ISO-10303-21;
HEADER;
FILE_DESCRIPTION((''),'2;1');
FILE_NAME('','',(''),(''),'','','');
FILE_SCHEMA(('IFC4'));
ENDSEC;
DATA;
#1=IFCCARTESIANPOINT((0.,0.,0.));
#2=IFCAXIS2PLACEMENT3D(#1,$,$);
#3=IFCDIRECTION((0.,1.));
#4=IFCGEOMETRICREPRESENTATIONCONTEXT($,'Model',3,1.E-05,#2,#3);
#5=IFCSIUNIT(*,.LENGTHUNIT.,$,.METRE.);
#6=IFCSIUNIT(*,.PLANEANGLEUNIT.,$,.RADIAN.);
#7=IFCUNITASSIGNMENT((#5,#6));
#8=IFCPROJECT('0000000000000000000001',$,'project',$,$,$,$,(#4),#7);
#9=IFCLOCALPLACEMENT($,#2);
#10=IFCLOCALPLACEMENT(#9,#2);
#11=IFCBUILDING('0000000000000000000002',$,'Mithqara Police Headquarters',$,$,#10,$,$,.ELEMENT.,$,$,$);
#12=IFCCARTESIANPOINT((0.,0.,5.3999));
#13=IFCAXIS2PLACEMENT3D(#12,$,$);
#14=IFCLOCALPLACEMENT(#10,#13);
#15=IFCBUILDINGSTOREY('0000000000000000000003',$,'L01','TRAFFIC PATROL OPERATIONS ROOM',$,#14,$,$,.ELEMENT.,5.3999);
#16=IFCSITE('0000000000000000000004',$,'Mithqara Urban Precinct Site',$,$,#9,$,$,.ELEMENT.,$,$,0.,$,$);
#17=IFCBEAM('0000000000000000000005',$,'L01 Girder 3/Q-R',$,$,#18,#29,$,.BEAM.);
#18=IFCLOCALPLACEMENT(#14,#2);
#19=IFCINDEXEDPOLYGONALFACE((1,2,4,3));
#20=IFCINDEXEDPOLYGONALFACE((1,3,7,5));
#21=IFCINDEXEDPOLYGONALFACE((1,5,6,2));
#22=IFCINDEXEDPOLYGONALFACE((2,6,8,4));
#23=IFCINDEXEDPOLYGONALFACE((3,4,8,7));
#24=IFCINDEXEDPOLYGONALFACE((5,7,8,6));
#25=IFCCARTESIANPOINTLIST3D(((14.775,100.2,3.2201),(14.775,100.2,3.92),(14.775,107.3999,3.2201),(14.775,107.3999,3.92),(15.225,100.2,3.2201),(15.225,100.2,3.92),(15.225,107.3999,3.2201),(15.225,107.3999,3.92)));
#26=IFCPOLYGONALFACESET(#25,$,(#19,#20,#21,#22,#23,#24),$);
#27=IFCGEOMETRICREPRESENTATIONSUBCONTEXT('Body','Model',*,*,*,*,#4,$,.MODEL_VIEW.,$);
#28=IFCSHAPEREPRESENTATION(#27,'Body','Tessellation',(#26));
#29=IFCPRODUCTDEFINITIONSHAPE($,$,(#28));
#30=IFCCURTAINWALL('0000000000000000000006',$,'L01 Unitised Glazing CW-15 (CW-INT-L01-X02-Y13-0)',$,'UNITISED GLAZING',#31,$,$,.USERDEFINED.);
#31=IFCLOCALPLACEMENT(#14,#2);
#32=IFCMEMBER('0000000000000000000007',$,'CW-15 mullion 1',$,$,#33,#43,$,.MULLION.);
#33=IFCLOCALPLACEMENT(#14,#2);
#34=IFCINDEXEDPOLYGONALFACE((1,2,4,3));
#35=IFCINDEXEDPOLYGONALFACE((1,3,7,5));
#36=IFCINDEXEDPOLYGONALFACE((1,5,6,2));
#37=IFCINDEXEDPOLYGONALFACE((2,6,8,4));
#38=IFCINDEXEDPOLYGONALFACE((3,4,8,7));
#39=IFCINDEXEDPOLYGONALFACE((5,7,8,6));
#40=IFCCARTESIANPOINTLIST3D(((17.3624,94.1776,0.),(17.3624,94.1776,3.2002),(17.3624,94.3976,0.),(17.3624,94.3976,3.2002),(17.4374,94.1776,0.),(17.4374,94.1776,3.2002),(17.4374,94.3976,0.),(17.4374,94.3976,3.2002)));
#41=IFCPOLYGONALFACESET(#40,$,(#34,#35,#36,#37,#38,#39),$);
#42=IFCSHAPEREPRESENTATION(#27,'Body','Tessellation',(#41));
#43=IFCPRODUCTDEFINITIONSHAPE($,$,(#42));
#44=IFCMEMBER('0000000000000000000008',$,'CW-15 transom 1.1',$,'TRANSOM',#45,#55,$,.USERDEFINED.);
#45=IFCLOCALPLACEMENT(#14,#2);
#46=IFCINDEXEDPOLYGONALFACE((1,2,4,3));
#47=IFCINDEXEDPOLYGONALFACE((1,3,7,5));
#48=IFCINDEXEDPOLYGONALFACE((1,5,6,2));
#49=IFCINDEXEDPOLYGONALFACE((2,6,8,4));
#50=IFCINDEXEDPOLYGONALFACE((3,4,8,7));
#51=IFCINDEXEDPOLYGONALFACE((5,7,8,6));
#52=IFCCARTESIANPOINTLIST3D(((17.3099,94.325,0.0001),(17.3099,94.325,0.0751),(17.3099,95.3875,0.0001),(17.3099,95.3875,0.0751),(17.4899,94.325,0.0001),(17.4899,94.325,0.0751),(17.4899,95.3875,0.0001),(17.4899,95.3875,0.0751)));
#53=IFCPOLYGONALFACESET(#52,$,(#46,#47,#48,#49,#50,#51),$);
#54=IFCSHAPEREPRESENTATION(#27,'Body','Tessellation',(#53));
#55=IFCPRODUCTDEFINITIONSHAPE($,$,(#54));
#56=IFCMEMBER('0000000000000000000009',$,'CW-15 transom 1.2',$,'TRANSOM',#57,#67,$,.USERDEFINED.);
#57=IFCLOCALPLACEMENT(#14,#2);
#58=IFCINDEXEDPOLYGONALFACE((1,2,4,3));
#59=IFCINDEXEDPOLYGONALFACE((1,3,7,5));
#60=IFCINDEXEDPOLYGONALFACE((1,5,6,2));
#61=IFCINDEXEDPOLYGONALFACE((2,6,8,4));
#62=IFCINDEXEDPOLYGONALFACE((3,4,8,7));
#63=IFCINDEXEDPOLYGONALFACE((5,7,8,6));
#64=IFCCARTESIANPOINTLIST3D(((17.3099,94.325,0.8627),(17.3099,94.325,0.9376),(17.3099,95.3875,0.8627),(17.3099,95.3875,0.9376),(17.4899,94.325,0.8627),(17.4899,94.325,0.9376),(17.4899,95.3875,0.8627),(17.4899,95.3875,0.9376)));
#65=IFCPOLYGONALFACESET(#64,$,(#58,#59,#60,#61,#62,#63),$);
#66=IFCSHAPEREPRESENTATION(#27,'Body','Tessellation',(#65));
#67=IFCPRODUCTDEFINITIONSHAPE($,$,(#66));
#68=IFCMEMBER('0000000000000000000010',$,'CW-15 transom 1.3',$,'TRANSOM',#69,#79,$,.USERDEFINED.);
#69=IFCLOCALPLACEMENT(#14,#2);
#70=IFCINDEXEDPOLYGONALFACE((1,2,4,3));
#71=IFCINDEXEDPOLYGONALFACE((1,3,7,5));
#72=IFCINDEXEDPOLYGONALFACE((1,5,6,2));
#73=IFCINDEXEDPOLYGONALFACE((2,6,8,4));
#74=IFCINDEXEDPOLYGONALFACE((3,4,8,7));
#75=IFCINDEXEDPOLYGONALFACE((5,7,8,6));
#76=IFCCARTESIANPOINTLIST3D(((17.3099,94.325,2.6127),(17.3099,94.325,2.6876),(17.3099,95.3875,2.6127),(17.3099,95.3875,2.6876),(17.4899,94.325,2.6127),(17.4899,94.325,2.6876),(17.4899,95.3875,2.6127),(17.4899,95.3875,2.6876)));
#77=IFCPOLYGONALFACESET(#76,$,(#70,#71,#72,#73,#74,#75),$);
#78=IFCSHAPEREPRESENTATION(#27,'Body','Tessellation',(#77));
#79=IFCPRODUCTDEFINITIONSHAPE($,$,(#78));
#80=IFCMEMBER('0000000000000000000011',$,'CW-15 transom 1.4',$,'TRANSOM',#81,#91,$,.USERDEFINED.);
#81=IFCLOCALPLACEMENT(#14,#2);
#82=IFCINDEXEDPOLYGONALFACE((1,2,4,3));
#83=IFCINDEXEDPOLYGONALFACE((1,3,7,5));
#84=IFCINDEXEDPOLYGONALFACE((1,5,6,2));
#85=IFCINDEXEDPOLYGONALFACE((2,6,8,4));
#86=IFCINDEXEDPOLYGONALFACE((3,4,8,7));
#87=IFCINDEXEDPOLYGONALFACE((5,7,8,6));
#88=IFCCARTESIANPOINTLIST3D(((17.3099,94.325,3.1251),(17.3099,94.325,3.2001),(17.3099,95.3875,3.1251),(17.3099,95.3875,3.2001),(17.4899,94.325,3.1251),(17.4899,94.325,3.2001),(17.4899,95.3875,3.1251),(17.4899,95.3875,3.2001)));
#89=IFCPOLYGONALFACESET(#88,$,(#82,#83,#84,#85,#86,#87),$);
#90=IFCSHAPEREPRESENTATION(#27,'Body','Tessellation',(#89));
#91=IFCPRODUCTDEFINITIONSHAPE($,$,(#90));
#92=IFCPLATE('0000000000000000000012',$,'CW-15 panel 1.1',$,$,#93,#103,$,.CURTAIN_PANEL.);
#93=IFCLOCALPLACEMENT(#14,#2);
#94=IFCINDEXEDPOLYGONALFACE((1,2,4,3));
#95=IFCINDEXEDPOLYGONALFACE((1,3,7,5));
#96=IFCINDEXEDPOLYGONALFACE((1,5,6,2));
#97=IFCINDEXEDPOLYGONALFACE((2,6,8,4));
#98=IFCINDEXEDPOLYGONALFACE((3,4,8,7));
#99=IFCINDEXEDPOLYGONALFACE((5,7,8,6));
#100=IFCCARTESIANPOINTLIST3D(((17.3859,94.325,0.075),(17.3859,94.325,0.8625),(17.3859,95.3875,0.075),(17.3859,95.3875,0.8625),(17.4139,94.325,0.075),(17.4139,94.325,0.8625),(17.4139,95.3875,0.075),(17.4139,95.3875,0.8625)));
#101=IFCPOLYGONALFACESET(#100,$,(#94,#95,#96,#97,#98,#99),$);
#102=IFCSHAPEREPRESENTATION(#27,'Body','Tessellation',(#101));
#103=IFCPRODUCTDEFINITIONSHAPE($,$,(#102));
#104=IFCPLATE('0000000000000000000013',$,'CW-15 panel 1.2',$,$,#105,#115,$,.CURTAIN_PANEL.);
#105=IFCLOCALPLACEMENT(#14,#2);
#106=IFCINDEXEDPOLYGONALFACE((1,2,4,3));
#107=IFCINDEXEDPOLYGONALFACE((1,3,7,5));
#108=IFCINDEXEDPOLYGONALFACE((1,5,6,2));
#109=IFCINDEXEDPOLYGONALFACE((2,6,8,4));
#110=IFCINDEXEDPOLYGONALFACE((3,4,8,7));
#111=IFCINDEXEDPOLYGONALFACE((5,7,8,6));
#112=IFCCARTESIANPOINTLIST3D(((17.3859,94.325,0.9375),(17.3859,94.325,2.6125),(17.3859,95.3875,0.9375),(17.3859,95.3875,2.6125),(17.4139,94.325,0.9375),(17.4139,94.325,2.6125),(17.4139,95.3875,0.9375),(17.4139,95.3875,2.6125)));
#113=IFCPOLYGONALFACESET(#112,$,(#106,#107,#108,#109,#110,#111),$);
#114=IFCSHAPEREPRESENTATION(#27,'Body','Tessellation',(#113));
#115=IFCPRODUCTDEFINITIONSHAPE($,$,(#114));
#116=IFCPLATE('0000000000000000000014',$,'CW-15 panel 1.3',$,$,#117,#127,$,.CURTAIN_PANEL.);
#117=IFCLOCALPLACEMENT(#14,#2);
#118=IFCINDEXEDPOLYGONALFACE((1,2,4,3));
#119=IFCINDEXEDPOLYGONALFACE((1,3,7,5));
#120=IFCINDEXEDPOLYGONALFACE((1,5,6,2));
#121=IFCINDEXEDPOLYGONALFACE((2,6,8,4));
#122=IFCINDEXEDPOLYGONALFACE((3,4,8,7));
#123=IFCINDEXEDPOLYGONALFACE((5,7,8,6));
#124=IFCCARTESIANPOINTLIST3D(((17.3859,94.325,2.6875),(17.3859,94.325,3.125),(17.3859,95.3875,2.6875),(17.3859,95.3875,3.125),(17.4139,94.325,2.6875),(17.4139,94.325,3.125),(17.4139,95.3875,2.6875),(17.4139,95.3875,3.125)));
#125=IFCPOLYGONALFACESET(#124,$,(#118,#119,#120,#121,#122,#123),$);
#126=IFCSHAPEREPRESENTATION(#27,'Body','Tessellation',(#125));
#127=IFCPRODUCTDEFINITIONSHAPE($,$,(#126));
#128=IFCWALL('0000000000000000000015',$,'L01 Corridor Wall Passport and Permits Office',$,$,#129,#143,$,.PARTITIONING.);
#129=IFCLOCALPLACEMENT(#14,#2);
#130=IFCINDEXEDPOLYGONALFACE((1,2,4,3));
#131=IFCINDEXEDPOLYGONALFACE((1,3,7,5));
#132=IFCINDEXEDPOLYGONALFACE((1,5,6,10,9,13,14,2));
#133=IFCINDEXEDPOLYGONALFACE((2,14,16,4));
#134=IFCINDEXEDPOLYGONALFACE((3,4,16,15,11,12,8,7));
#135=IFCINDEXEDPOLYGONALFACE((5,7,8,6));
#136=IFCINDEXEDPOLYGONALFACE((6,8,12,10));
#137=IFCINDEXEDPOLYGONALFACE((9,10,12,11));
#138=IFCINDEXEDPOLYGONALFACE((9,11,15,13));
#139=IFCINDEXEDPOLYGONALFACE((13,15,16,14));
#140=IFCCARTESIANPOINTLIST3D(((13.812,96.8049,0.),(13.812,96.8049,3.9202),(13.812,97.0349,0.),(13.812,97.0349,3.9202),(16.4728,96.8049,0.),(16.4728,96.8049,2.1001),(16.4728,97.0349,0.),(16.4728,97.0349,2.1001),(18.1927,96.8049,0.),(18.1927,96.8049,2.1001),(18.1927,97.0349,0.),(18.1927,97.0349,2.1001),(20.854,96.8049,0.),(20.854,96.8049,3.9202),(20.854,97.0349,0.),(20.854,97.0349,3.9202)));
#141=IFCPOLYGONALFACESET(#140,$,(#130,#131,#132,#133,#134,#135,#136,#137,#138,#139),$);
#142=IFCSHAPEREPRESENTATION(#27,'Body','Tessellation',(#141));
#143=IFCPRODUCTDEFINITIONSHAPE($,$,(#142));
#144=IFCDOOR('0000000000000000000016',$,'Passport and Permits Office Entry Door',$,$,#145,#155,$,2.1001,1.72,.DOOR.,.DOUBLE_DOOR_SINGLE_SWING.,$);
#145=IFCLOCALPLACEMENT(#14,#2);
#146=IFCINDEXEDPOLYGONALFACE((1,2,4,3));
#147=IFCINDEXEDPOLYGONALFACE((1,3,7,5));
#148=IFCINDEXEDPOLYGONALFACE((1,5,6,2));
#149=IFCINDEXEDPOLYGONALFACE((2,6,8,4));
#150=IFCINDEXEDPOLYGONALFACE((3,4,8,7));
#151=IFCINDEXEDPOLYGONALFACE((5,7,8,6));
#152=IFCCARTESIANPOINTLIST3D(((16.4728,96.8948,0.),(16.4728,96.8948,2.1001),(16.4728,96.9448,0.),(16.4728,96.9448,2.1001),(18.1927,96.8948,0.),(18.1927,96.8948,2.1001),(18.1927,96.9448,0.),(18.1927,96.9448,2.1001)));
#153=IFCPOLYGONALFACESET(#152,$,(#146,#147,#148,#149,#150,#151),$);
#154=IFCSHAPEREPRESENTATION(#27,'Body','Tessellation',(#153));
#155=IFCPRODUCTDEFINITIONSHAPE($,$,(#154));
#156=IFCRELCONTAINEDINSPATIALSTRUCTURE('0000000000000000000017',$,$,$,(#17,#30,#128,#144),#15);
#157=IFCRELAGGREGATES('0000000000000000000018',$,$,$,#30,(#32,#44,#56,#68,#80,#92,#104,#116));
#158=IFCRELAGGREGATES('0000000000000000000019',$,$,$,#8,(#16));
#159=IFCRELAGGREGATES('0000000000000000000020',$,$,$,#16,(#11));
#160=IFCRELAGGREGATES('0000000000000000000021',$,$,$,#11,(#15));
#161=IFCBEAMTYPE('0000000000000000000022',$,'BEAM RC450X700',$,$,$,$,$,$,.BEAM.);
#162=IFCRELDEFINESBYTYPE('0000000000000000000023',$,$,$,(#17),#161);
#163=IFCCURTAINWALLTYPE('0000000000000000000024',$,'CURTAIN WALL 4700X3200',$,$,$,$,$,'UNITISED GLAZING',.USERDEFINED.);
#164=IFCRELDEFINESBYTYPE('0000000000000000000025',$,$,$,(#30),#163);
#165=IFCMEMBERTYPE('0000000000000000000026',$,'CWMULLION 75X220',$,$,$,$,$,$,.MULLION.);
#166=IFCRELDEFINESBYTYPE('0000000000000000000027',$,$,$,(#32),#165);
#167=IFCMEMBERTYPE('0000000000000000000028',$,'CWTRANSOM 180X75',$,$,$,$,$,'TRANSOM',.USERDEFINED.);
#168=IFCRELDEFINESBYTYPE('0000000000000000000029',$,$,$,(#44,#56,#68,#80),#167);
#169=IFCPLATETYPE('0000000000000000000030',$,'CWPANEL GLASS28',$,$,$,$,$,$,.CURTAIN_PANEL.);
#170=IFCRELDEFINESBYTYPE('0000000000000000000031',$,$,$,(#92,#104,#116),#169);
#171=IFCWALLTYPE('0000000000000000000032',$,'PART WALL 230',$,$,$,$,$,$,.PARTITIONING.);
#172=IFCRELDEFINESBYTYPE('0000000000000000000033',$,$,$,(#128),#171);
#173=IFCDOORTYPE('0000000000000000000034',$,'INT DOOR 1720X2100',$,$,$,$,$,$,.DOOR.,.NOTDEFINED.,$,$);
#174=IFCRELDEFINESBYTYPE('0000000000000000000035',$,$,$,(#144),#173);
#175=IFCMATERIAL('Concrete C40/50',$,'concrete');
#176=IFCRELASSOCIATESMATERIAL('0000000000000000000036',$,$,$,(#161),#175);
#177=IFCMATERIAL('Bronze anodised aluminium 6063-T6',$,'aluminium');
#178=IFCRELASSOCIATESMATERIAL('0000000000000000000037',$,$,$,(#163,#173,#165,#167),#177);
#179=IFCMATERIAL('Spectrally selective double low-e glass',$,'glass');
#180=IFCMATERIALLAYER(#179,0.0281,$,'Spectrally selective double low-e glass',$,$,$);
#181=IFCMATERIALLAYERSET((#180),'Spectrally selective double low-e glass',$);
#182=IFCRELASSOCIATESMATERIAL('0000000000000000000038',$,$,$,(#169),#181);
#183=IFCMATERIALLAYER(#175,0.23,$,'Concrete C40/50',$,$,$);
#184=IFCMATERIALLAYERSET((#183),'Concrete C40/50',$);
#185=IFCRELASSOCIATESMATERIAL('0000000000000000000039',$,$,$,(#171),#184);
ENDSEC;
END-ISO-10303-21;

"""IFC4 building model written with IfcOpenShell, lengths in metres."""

from ifc_helpers import new_model, si_unit, direction, frame, frame_2d, origin, origin_2d, place, context, subcontext, project, spatial, rectangle, extrude, material, layer, layer_set, material_profile, profile_set, type_object, element, fill, aggregate, save


model = new_model("IFC4")

# Units and contexts
model_context = context("Model", 3, precision=1e-05, world=origin(), true_north=direction((0.0, 1.0)))
body_context = subcontext(model_context, "Body", "Model", "MODEL_VIEW")
ifc_project = project(units=[si_unit("LENGTHUNIT", "METRE"), si_unit("PLANEANGLEUNIT", "RADIAN")], contexts=[model_context])

# Site, building, storey
site_placement = place(None, origin())
site = spatial("IfcSite", under=ifc_project, at=site_placement, Name="Mithqara Urban Precinct Site", CompositionType="ELEMENT", RefElevation=0.0)
building_placement = place(site_placement, origin())
building = spatial("IfcBuilding", under=site, at=building_placement, Name="Mithqara Police Headquarters", CompositionType="ELEMENT")
storey_placement = place(building_placement, frame((0.0, 0.0, 5.3999)))
storey = spatial("IfcBuildingStorey", under=building, at=storey_placement, Name="L01", Description="TRAFFIC PATROL OPERATIONS ROOM", CompositionType="ELEMENT", Elevation=5.3999)

# Beam
ifc_material_1 = material(Name="Concrete C40/50", Category="concrete")
ifc_material_profile_1 = material_profile(ifc_material_1, rectangle(XDim=0.45, YDim=0.7, at=origin_2d()), Name="RC 450x700")
ifc_profile_set_1 = profile_set([ifc_material_profile_1], Name="Concrete C40/50")
beam_type_1 = type_object("IfcBeamType", Name="BEAM RC450X700", PredefinedType="BEAM", material=ifc_profile_set_1)
beam_1_placement = place(storey_placement, frame((15.0, 100.2, 3.5701), z_axis=(0.0, 1.0, 0.0), x_axis=(-1.0, 0.0, 0.0)))
element("IfcBeam", 1, at=beam_1_placement, inside=storey, type_object=beam_type_1, Name="L01 Girder 3/Q-R", PredefinedType="BEAM", context=body_context, shape_type="SweptSolid", body=[
    extrude(rectangle(XDim=0.45, YDim=0.7, at=origin_2d()), origin(), (0.0, 0.0, 1.0), 7.2),
])

# Curtain wall, members, plates
ifc_material_2 = material(Name="Bronze anodised aluminium 6063-T6", Category="aluminium")
curtain_wall_type = type_object("IfcCurtainWallType", Name="CURTAIN WALL 4700X3200", ElementType="UNITISED GLAZING", PredefinedType="USERDEFINED", material=ifc_material_2)
curtain_wall_placement = place(storey_placement, origin())
curtain_wall = element("IfcCurtainWall", 2, at=curtain_wall_placement, inside=storey, type_object=curtain_wall_type, Name="L01 Unitised Glazing CW-15 (CW-INT-L01-X02-Y13-0)", ObjectType="UNITISED GLAZING", PredefinedType="USERDEFINED")
ifc_material_profile_2 = material_profile(ifc_material_2, rectangle(XDim=0.075, YDim=0.22, at=origin_2d()), Name="CWM 75x220")
ifc_profile_set_2 = profile_set([ifc_material_profile_2], Name="Bronze anodised aluminium 6063-T6")
member_type_1 = type_object("IfcMemberType", Name="CWMULLION 75X220", PredefinedType="MULLION", material=ifc_profile_set_2)
member_1_placement = place(storey_placement, frame((17.3999, 94.2876, 0.0), z_axis=(0.0, 0.0, 1.0), x_axis=(-1.0, 0.0, 0.0)))
member_1 = element("IfcMember", 3, at=member_1_placement, type_object=member_type_1, Name="CW-15 mullion 1", PredefinedType="MULLION", context=body_context, shape_type="SweptSolid", body=[
    extrude(rectangle(XDim=0.075, YDim=0.22, at=origin_2d()), origin(), (0.0, 0.0, 1.0), 3.2002),
])
ifc_material_profile_3 = material_profile(ifc_material_2, rectangle(XDim=0.1799, YDim=0.075, at=origin_2d()), Name="CWT 180x75")
ifc_profile_set_3 = profile_set([ifc_material_profile_3], Name="Bronze anodised aluminium 6063-T6")
member_type_2 = type_object("IfcMemberType", Name="CWTRANSOM 180X75", ElementType="TRANSOM", PredefinedType="USERDEFINED", material=ifc_profile_set_3)
member_2_placement = place(storey_placement, frame((17.3999, 94.325, 0.0376), z_axis=(0.0, 1.0, 0.0), x_axis=(-1.0, 0.0, 0.0)))
member_2 = element("IfcMember", 4, at=member_2_placement, type_object=member_type_2, Name="CW-15 transom 1.1", ObjectType="TRANSOM", PredefinedType="USERDEFINED", context=body_context, shape_type="SweptSolid", body=[
    extrude(rectangle(XDim=0.1799, YDim=0.075, at=origin_2d()), origin(), (0.0, 0.0, 1.0), 1.0625),
])
member_3_placement = place(storey_placement, frame((17.3999, 94.325, 0.9001), z_axis=(0.0, 1.0, 0.0), x_axis=(-1.0, 0.0, 0.0)))
member_3 = element("IfcMember", 5, at=member_3_placement, type_object=member_type_2, Name="CW-15 transom 1.2", ObjectType="TRANSOM", PredefinedType="USERDEFINED", context=body_context, shape_type="SweptSolid", body=[
    extrude(rectangle(XDim=0.1799, YDim=0.075, at=origin_2d()), origin(), (0.0, 0.0, 1.0), 1.0625),
])
member_4_placement = place(storey_placement, frame((17.3999, 94.325, 2.6501), z_axis=(0.0, 1.0, 0.0), x_axis=(-1.0, 0.0, 0.0)))
member_4 = element("IfcMember", 6, at=member_4_placement, type_object=member_type_2, Name="CW-15 transom 1.3", ObjectType="TRANSOM", PredefinedType="USERDEFINED", context=body_context, shape_type="SweptSolid", body=[
    extrude(rectangle(XDim=0.1799, YDim=0.075, at=origin_2d()), origin(), (0.0, 0.0, 1.0), 1.0625),
])
member_5_placement = place(storey_placement, frame((17.3999, 94.325, 3.1626), z_axis=(0.0, 1.0, 0.0), x_axis=(-1.0, 0.0, 0.0)))
member_5 = element("IfcMember", 7, at=member_5_placement, type_object=member_type_2, Name="CW-15 transom 1.4", ObjectType="TRANSOM", PredefinedType="USERDEFINED", context=body_context, shape_type="SweptSolid", body=[
    extrude(rectangle(XDim=0.1799, YDim=0.075, at=origin_2d()), origin(), (0.0, 0.0, 1.0), 1.0625),
])
ifc_material_3 = material(Name="Spectrally selective double low-e glass", Category="glass")
ifc_layer_1 = layer(ifc_material_3, 0.0281, Name="Spectrally selective double low-e glass")
ifc_layer_set_1 = layer_set([ifc_layer_1], Name="Spectrally selective double low-e glass")
plate_type = type_object("IfcPlateType", Name="CWPANEL GLASS28", PredefinedType="CURTAIN_PANEL", material=ifc_layer_set_1)
plate_1_placement = place(storey_placement, frame((17.3999, 94.8562, 0.075), z_axis=(0.0, 0.0, 1.0), x_axis=(0.0, 1.0, 0.0)))
plate_1 = element("IfcPlate", 8, at=plate_1_placement, type_object=plate_type, Name="CW-15 panel 1.1", PredefinedType="CURTAIN_PANEL", context=body_context, shape_type="SweptSolid", body=[
    extrude(rectangle(XDim=1.0625, YDim=0.0281, at=origin_2d()), origin(), (0.0, 0.0, 1.0), 0.7876),
])
plate_2_placement = place(storey_placement, frame((17.3999, 94.8562, 0.9375), z_axis=(0.0, 0.0, 1.0), x_axis=(0.0, 1.0, 0.0)))
plate_2 = element("IfcPlate", 9, at=plate_2_placement, type_object=plate_type, Name="CW-15 panel 1.2", PredefinedType="CURTAIN_PANEL", context=body_context, shape_type="SweptSolid", body=[
    extrude(rectangle(XDim=1.0625, YDim=0.0281, at=origin_2d()), origin(), (0.0, 0.0, 1.0), 1.675),
])
plate_3_placement = place(storey_placement, frame((17.3999, 94.8562, 2.6875), z_axis=(0.0, 0.0, 1.0), x_axis=(0.0, 1.0, 0.0)))
plate_3 = element("IfcPlate", 10, at=plate_3_placement, type_object=plate_type, Name="CW-15 panel 1.3", PredefinedType="CURTAIN_PANEL", context=body_context, shape_type="SweptSolid", body=[
    extrude(rectangle(XDim=1.0625, YDim=0.0281, at=origin_2d()), origin(), (0.0, 0.0, 1.0), 0.4375),
])
aggregate(curtain_wall, [member_1, member_2, member_3, member_4, member_5, plate_1, plate_2, plate_3])

# Wall, opening, door
ifc_layer_2 = layer(ifc_material_1, 0.23, Name="Concrete C40/50")
ifc_layer_set_2 = layer_set([ifc_layer_2], Name="Concrete C40/50")
wall_type = type_object("IfcWallType", Name="PART WALL 230", PredefinedType="PARTITIONING", material=ifc_layer_set_2)
wall_placement = place(storey_placement, frame((13.812, 96.9199, 0.0), z_axis=(0.0, 0.0, 1.0), x_axis=(1.0, 0.0, 0.0)))
wall = element("IfcWall", 11, at=wall_placement, inside=storey, type_object=wall_type, Name="L01 Corridor Wall Passport and Permits Office", PredefinedType="PARTITIONING", context=body_context, shape_type="SweptSolid", body=[
    extrude(rectangle(XDim=7.042, YDim=0.23, at=frame_2d((3.521, 0.0))), origin(), (0.0, 0.0, 1.0), 3.9202),
])
opening_placement = place(wall_placement, frame((2.6609, 0.0, 0.0)))
opening = element("IfcOpeningElement", 12, at=opening_placement, cuts=wall, PredefinedType="OPENING", context=body_context, shape_type="SweptSolid", body=[
    extrude(rectangle(XDim=1.72, YDim=2.1001, at=frame_2d((0.8599, 1.05))), frame((0.0, 0.125, 0.0), z_axis=(0.0, -1.0, 0.0), x_axis=(1.0, 0.0, 0.0)), (0.0, 0.0, 1.0), 0.25),
])
door_type = type_object("IfcDoorType", Name="INT DOOR 1720X2100", OperationType="NOTDEFINED", PredefinedType="DOOR", material=ifc_material_2)
door_placement = place(opening_placement, origin())
door = element("IfcDoor", 13, at=door_placement, inside=storey, type_object=door_type, Name="Passport and Permits Office Entry Door", OperationType="DOUBLE_DOOR_SINGLE_SWING", OverallHeight=2.1001, OverallWidth=1.72, PredefinedType="DOOR", context=body_context, shape_type="SweptSolid", body=[
    extrude(rectangle(XDim=1.72, YDim=2.1001, at=frame_2d((0.8599, 1.05))), frame((0.0, 0.0249, 0.0), z_axis=(0.0, -1.0, 0.0), x_axis=(1.0, 0.0, 0.0)), (0.0, 0.0, 1.0), 0.05),
])
fill(opening, door)

save(model, "model.ifc")
